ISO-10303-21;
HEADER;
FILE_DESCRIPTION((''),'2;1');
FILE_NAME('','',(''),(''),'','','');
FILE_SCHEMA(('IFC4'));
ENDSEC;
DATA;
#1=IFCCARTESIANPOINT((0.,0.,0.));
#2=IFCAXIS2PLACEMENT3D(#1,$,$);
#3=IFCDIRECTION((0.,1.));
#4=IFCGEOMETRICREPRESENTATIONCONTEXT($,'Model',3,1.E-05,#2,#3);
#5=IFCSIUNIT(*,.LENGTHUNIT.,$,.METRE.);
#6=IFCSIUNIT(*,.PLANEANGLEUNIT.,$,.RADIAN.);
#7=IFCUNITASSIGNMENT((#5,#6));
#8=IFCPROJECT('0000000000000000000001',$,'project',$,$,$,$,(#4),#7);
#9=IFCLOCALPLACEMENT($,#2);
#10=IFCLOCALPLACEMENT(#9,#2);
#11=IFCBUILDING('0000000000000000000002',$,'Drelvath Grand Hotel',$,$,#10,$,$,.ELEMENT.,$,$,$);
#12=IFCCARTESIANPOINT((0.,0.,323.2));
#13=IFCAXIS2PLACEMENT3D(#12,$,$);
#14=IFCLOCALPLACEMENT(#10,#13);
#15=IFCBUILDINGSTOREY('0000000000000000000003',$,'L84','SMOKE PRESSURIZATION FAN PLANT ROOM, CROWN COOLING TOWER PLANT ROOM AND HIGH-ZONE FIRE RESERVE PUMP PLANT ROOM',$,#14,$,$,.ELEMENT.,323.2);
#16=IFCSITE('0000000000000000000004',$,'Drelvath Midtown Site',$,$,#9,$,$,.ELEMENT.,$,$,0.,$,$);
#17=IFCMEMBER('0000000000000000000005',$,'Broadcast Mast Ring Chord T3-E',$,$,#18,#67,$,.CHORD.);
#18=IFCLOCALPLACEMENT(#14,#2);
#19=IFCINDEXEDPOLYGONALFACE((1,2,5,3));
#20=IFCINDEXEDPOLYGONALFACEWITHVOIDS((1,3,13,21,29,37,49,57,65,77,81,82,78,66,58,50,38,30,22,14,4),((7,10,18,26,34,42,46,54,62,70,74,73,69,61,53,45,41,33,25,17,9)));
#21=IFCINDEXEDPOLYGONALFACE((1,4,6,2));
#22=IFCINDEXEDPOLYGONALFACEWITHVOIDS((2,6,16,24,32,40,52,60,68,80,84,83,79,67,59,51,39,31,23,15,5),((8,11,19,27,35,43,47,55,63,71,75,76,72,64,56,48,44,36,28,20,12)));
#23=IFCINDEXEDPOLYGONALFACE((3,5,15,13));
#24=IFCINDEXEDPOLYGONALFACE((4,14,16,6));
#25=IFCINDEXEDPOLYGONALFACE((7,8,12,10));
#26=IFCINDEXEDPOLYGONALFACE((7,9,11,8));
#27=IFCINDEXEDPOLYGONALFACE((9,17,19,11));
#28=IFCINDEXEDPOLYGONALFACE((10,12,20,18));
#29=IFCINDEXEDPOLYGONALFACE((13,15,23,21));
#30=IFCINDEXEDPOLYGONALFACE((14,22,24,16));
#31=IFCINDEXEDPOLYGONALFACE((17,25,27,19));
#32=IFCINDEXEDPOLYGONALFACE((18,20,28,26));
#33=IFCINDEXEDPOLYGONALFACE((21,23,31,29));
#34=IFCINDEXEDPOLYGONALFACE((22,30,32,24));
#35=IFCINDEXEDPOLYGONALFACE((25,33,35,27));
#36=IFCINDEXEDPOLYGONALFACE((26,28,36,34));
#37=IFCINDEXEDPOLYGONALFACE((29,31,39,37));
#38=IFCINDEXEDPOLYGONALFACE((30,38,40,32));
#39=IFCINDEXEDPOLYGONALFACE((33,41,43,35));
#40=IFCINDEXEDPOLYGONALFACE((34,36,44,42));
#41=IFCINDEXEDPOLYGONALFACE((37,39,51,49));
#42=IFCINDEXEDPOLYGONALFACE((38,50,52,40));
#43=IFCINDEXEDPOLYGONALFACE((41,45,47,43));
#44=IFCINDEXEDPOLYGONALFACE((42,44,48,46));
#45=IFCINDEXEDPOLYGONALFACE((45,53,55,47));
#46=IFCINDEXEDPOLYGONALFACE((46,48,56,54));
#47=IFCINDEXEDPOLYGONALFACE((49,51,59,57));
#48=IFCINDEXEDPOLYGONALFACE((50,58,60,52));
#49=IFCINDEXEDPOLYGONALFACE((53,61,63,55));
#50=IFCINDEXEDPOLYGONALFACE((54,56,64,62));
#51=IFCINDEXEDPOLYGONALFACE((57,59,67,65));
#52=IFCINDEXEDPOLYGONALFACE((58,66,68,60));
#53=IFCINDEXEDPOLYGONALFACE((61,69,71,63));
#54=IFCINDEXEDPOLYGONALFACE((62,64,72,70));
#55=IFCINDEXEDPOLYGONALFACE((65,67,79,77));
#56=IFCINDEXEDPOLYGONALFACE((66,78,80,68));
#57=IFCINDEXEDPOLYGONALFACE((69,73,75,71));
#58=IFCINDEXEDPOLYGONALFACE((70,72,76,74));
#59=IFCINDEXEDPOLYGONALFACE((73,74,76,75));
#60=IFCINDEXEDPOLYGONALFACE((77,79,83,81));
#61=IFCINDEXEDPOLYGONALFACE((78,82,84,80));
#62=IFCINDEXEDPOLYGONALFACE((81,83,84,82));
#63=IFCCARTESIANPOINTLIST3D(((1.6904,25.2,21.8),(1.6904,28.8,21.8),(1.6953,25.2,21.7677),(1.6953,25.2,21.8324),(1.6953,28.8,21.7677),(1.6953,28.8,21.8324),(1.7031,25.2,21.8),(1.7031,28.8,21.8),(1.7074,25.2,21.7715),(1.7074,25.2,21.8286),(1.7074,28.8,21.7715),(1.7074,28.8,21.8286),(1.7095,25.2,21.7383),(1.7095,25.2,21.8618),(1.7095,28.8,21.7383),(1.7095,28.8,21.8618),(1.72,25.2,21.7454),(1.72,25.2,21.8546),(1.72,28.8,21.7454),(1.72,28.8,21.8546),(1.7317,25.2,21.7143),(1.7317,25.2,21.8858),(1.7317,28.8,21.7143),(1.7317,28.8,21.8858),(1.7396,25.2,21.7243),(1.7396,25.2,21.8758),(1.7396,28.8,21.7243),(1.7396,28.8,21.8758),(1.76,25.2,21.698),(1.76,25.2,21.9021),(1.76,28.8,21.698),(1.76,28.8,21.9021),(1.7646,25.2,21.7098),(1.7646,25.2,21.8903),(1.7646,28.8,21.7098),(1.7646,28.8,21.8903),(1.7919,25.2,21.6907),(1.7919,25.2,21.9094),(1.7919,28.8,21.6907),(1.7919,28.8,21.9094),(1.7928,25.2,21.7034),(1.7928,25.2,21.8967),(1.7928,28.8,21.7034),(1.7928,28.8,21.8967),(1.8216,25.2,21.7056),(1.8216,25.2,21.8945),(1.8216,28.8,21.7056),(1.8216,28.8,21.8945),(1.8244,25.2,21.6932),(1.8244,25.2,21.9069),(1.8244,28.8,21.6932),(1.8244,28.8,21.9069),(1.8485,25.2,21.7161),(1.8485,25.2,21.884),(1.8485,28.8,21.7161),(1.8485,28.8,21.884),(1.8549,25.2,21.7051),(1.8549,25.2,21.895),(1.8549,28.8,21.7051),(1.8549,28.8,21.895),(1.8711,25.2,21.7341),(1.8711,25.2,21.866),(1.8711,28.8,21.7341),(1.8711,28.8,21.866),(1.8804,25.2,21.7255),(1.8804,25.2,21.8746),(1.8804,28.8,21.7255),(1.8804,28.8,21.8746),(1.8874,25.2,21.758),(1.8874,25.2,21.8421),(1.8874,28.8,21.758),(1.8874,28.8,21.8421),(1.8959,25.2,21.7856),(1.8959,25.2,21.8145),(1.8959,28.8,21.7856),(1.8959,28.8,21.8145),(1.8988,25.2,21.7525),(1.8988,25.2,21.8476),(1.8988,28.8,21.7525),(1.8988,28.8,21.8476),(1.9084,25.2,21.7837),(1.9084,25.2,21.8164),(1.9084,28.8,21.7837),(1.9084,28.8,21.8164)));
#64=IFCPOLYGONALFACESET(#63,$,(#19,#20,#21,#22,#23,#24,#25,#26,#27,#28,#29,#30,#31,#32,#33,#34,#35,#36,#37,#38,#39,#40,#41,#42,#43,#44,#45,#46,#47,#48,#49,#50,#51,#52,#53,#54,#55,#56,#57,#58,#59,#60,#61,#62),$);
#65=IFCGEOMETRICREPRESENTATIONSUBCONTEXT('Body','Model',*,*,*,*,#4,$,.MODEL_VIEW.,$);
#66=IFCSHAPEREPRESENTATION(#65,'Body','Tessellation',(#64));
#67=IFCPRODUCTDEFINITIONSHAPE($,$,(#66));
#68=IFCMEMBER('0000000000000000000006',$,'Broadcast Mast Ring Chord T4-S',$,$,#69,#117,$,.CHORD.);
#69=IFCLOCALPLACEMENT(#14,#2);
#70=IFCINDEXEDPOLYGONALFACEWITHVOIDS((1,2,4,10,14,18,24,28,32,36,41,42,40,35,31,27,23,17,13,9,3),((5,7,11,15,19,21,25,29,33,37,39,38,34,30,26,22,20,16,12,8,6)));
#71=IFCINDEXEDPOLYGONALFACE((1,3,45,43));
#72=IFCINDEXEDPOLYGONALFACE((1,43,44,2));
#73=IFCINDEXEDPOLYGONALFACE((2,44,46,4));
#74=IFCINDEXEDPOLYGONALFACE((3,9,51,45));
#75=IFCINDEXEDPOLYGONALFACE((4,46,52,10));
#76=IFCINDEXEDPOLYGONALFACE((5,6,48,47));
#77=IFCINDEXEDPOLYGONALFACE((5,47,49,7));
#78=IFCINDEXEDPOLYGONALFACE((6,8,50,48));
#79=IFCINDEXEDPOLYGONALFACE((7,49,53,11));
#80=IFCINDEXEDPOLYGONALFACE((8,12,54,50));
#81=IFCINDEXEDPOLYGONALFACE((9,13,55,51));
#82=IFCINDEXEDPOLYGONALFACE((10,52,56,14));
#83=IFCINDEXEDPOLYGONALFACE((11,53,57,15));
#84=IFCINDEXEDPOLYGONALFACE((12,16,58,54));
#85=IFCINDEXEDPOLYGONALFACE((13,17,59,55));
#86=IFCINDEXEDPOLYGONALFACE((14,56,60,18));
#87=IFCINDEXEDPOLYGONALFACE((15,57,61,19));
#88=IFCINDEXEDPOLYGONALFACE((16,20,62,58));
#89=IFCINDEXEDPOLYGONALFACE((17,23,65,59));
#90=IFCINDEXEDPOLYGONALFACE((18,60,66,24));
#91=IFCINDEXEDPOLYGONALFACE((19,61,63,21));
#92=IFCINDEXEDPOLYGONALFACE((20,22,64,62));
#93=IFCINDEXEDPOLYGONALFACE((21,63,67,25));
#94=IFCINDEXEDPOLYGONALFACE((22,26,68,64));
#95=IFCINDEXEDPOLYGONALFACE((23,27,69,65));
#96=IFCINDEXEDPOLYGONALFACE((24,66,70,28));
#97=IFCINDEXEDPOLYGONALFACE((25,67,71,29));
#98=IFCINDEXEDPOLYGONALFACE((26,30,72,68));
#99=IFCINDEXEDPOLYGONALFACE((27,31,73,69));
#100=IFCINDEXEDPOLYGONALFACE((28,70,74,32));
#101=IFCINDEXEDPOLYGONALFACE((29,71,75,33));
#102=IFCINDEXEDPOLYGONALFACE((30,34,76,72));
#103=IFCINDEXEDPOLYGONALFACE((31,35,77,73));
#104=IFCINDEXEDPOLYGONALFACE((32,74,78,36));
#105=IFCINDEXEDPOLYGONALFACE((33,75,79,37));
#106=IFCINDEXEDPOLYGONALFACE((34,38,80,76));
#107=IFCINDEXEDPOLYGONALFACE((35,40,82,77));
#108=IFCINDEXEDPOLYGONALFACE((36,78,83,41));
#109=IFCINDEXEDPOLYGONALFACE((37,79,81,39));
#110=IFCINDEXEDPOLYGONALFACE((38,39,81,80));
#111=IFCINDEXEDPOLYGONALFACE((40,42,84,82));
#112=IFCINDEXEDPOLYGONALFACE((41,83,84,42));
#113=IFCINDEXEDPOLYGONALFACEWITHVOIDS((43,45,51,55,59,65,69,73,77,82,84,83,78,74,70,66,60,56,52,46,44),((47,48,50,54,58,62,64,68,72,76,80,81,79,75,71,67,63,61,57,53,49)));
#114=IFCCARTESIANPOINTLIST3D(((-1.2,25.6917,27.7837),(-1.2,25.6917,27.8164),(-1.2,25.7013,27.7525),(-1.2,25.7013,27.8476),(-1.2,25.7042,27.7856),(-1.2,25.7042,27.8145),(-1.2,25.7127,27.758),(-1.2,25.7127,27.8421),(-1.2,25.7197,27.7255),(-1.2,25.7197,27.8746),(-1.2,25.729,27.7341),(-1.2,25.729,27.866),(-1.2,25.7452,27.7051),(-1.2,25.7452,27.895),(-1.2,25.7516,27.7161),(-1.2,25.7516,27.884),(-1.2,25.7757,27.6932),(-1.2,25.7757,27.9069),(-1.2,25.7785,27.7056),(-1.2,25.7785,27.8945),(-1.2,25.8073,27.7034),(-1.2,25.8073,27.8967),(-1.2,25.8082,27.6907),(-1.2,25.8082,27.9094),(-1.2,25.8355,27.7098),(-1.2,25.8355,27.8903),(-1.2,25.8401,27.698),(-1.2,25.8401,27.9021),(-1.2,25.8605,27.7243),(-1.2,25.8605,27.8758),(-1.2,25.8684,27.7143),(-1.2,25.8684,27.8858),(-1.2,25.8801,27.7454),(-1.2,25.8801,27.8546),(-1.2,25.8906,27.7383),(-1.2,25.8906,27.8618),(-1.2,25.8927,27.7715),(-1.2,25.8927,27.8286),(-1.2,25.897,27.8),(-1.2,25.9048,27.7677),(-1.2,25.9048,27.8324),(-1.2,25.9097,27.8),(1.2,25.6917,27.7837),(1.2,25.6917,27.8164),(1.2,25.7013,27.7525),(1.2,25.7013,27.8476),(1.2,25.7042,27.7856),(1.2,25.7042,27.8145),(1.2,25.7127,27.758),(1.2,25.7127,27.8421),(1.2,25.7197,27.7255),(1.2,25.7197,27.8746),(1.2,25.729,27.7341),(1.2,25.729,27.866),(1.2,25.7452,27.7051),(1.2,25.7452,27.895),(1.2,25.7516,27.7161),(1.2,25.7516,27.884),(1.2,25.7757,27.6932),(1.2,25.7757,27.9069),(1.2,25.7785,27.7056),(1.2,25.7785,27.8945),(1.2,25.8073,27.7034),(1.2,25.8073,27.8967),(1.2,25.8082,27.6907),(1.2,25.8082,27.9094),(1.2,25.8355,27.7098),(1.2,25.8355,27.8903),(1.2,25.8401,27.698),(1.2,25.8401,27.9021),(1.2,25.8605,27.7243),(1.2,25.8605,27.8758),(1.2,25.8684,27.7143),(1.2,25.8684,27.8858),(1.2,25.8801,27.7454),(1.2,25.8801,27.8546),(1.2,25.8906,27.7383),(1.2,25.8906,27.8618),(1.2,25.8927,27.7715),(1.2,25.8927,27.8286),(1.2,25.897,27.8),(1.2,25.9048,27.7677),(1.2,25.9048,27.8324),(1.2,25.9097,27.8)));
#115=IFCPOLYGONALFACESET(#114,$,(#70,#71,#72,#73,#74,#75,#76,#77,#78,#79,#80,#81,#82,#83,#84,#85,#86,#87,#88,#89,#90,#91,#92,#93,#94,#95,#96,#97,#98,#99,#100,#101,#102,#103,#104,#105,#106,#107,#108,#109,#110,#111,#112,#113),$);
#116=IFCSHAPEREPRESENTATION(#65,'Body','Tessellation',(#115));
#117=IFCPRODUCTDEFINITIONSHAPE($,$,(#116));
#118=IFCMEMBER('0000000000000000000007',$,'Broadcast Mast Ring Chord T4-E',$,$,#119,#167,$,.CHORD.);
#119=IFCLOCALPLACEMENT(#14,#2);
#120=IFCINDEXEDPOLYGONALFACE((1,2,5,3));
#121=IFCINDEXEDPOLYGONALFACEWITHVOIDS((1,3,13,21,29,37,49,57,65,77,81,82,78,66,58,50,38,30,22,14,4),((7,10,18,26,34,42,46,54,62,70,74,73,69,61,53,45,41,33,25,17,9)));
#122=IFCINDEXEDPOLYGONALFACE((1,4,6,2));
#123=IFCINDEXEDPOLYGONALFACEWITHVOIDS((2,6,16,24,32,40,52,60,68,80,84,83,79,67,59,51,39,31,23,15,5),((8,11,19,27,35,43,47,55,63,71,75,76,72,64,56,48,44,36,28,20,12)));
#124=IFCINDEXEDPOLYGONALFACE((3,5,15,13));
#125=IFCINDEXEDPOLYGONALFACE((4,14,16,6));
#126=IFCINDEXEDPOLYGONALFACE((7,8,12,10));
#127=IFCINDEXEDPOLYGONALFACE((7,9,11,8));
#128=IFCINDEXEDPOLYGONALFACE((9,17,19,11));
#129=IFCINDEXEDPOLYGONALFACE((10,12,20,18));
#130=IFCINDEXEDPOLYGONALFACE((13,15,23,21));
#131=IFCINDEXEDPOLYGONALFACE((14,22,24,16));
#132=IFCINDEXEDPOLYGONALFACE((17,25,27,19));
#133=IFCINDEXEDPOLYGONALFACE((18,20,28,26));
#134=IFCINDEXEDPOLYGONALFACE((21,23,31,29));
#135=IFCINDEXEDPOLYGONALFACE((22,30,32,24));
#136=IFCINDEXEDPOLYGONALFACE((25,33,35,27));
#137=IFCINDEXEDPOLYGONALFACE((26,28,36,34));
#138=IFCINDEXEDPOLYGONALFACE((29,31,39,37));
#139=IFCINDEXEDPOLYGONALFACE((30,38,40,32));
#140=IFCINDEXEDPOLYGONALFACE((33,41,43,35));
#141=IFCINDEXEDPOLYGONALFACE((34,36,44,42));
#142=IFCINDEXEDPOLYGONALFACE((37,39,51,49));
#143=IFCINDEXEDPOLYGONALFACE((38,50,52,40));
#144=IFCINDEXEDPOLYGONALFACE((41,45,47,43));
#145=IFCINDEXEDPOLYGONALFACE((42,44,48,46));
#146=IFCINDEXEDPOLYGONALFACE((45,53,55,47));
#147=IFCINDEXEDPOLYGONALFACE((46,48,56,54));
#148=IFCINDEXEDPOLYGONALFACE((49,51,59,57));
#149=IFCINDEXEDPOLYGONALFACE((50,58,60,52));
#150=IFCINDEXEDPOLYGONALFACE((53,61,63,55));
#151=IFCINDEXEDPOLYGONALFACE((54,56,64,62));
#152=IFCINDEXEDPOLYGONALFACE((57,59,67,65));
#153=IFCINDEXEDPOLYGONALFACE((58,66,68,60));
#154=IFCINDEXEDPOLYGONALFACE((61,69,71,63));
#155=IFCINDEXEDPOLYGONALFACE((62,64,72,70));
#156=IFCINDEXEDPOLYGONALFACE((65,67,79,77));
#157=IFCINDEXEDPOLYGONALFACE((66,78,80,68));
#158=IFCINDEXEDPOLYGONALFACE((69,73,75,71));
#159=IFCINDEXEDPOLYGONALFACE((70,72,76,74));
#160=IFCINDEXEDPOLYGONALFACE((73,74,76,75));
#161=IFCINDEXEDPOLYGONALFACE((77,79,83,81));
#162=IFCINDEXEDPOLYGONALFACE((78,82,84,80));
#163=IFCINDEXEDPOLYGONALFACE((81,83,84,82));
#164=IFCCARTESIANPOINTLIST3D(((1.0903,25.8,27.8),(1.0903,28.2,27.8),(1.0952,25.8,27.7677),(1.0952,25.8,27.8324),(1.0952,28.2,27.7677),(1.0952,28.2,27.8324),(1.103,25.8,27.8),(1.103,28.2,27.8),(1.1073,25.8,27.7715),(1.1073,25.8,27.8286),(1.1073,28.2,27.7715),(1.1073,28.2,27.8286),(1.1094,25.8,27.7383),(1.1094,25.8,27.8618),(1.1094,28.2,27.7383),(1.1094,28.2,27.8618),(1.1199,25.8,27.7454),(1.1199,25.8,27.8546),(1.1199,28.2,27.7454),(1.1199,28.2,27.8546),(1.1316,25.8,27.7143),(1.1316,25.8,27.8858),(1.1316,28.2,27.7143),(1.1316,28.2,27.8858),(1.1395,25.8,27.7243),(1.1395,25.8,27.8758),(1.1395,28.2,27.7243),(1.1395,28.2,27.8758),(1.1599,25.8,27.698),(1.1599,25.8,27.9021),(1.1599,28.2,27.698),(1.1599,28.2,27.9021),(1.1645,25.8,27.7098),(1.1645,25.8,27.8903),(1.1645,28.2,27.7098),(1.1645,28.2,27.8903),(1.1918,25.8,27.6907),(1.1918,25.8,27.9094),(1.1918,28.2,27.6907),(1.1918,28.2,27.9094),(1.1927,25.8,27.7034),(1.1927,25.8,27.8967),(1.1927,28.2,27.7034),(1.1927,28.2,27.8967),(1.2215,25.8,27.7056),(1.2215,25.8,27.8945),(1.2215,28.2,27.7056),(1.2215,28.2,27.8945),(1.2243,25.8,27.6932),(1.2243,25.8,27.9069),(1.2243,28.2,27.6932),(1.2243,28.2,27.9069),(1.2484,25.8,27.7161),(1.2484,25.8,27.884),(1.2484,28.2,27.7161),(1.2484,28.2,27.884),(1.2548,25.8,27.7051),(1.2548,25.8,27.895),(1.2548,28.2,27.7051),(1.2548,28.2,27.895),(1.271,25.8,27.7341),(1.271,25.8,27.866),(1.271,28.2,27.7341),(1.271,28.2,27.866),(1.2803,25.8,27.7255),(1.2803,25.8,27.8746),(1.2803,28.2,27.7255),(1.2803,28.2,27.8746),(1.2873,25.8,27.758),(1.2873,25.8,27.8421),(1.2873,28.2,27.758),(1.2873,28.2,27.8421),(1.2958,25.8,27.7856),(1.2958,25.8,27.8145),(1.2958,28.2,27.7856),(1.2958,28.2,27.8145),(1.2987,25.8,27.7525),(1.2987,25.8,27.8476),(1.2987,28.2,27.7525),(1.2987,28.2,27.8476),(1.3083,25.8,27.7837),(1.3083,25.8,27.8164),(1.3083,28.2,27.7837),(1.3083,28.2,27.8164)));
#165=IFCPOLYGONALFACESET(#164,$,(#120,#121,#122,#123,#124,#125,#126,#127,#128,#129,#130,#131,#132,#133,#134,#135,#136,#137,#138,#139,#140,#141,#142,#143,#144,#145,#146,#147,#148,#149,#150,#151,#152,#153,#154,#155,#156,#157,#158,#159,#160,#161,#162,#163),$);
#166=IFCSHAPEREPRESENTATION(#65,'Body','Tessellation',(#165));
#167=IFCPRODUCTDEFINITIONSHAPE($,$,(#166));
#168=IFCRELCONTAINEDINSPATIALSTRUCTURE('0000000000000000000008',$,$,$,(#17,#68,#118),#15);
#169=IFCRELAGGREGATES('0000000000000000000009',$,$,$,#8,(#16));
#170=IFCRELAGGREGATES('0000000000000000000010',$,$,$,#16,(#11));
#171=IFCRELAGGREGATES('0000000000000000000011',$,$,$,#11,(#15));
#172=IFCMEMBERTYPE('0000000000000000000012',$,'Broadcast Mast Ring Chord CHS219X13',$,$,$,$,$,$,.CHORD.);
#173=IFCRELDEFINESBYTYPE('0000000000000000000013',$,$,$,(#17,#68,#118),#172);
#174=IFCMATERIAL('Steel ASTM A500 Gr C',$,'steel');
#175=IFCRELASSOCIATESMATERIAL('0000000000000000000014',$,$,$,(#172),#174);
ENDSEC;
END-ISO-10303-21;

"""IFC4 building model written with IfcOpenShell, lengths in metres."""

from ifc_helpers import new_model, si_unit, direction, frame, origin, origin_2d, place, context, subcontext, project, spatial, hollow_circle, extrude, material, material_profile, profile_set, type_object, element, save


model = new_model("IFC4")

# Units and contexts
model_context = context("Model", 3, precision=1e-05, world=origin(), true_north=direction((0.0, 1.0)))
body_context = subcontext(model_context, "Body", "Model", "MODEL_VIEW")
ifc_project = project(units=[si_unit("LENGTHUNIT", "METRE"), si_unit("PLANEANGLEUNIT", "RADIAN")], contexts=[model_context])

# Site, building, storey
site_placement = place(None, origin())
site = spatial("IfcSite", under=ifc_project, at=site_placement, Name="Drelvath Midtown Site", CompositionType="ELEMENT", RefElevation=0.0)
building_placement = place(site_placement, origin())
building = spatial("IfcBuilding", under=site, at=building_placement, Name="Drelvath Grand Hotel", CompositionType="ELEMENT")
storey_placement = place(building_placement, frame((0.0, 0.0, 323.2)))
storey = spatial("IfcBuildingStorey", under=building, at=storey_placement, Name="L84", Description="SMOKE PRESSURIZATION FAN PLANT ROOM, CROWN COOLING TOWER PLANT ROOM AND HIGH-ZONE FIRE RESERVE PUMP PLANT ROOM", CompositionType="ELEMENT", Elevation=323.2)

# Members
ifc_material_1 = material(Name="Steel ASTM A500 Gr C", Category="steel")
ifc_material_profile_1 = material_profile(ifc_material_1, hollow_circle(Radius=0.1096, WallThickness=0.0127, at=origin_2d()), Name="CHS219X13")
ifc_profile_set_1 = profile_set([ifc_material_profile_1], Name="Steel ASTM A500 Gr C")
member_type_1 = type_object("IfcMemberType", Name="Broadcast Mast Ring Chord CHS219X13", PredefinedType="CHORD", material=ifc_profile_set_1)
for number, where, z_axis, x_axis, name in (
    (1, (1.8, 25.2, 21.8), (0.0, 1.0, 0.0), (-1.0, 0.0, 0.0), "Broadcast Mast Ring Chord T3-E"),
):
    element("IfcMember", number, at=place(storey_placement, frame(where, z_axis=z_axis, x_axis=x_axis)), inside=storey, type_object=member_type_1, Name=name, PredefinedType="CHORD", context=body_context, shape_type="SweptSolid", body=[
        extrude(hollow_circle(Radius=0.1096, WallThickness=0.0127, at=origin_2d()), origin(), (0.0, 0.0, 1.0), 3.6001),
    ])
for number, where, z_axis, x_axis, name in (
    (2, (-1.2, 25.8, 27.8), (1.0, 0.0, 0.0), (0.0, 1.0, 0.0), "Broadcast Mast Ring Chord T4-S"),
    (3, (1.2, 25.8, 27.8), (0.0, 1.0, 0.0), (-1.0, 0.0, 0.0), "Broadcast Mast Ring Chord T4-E"),
):
    element("IfcMember", number, at=place(storey_placement, frame(where, z_axis=z_axis, x_axis=x_axis)), inside=storey, type_object=member_type_1, Name=name, PredefinedType="CHORD", context=body_context, shape_type="SweptSolid", body=[
        extrude(hollow_circle(Radius=0.1096, WallThickness=0.0127, at=origin_2d()), origin(), (0.0, 0.0, 1.0), 2.3999),
    ])

save(model, "model.ifc")
